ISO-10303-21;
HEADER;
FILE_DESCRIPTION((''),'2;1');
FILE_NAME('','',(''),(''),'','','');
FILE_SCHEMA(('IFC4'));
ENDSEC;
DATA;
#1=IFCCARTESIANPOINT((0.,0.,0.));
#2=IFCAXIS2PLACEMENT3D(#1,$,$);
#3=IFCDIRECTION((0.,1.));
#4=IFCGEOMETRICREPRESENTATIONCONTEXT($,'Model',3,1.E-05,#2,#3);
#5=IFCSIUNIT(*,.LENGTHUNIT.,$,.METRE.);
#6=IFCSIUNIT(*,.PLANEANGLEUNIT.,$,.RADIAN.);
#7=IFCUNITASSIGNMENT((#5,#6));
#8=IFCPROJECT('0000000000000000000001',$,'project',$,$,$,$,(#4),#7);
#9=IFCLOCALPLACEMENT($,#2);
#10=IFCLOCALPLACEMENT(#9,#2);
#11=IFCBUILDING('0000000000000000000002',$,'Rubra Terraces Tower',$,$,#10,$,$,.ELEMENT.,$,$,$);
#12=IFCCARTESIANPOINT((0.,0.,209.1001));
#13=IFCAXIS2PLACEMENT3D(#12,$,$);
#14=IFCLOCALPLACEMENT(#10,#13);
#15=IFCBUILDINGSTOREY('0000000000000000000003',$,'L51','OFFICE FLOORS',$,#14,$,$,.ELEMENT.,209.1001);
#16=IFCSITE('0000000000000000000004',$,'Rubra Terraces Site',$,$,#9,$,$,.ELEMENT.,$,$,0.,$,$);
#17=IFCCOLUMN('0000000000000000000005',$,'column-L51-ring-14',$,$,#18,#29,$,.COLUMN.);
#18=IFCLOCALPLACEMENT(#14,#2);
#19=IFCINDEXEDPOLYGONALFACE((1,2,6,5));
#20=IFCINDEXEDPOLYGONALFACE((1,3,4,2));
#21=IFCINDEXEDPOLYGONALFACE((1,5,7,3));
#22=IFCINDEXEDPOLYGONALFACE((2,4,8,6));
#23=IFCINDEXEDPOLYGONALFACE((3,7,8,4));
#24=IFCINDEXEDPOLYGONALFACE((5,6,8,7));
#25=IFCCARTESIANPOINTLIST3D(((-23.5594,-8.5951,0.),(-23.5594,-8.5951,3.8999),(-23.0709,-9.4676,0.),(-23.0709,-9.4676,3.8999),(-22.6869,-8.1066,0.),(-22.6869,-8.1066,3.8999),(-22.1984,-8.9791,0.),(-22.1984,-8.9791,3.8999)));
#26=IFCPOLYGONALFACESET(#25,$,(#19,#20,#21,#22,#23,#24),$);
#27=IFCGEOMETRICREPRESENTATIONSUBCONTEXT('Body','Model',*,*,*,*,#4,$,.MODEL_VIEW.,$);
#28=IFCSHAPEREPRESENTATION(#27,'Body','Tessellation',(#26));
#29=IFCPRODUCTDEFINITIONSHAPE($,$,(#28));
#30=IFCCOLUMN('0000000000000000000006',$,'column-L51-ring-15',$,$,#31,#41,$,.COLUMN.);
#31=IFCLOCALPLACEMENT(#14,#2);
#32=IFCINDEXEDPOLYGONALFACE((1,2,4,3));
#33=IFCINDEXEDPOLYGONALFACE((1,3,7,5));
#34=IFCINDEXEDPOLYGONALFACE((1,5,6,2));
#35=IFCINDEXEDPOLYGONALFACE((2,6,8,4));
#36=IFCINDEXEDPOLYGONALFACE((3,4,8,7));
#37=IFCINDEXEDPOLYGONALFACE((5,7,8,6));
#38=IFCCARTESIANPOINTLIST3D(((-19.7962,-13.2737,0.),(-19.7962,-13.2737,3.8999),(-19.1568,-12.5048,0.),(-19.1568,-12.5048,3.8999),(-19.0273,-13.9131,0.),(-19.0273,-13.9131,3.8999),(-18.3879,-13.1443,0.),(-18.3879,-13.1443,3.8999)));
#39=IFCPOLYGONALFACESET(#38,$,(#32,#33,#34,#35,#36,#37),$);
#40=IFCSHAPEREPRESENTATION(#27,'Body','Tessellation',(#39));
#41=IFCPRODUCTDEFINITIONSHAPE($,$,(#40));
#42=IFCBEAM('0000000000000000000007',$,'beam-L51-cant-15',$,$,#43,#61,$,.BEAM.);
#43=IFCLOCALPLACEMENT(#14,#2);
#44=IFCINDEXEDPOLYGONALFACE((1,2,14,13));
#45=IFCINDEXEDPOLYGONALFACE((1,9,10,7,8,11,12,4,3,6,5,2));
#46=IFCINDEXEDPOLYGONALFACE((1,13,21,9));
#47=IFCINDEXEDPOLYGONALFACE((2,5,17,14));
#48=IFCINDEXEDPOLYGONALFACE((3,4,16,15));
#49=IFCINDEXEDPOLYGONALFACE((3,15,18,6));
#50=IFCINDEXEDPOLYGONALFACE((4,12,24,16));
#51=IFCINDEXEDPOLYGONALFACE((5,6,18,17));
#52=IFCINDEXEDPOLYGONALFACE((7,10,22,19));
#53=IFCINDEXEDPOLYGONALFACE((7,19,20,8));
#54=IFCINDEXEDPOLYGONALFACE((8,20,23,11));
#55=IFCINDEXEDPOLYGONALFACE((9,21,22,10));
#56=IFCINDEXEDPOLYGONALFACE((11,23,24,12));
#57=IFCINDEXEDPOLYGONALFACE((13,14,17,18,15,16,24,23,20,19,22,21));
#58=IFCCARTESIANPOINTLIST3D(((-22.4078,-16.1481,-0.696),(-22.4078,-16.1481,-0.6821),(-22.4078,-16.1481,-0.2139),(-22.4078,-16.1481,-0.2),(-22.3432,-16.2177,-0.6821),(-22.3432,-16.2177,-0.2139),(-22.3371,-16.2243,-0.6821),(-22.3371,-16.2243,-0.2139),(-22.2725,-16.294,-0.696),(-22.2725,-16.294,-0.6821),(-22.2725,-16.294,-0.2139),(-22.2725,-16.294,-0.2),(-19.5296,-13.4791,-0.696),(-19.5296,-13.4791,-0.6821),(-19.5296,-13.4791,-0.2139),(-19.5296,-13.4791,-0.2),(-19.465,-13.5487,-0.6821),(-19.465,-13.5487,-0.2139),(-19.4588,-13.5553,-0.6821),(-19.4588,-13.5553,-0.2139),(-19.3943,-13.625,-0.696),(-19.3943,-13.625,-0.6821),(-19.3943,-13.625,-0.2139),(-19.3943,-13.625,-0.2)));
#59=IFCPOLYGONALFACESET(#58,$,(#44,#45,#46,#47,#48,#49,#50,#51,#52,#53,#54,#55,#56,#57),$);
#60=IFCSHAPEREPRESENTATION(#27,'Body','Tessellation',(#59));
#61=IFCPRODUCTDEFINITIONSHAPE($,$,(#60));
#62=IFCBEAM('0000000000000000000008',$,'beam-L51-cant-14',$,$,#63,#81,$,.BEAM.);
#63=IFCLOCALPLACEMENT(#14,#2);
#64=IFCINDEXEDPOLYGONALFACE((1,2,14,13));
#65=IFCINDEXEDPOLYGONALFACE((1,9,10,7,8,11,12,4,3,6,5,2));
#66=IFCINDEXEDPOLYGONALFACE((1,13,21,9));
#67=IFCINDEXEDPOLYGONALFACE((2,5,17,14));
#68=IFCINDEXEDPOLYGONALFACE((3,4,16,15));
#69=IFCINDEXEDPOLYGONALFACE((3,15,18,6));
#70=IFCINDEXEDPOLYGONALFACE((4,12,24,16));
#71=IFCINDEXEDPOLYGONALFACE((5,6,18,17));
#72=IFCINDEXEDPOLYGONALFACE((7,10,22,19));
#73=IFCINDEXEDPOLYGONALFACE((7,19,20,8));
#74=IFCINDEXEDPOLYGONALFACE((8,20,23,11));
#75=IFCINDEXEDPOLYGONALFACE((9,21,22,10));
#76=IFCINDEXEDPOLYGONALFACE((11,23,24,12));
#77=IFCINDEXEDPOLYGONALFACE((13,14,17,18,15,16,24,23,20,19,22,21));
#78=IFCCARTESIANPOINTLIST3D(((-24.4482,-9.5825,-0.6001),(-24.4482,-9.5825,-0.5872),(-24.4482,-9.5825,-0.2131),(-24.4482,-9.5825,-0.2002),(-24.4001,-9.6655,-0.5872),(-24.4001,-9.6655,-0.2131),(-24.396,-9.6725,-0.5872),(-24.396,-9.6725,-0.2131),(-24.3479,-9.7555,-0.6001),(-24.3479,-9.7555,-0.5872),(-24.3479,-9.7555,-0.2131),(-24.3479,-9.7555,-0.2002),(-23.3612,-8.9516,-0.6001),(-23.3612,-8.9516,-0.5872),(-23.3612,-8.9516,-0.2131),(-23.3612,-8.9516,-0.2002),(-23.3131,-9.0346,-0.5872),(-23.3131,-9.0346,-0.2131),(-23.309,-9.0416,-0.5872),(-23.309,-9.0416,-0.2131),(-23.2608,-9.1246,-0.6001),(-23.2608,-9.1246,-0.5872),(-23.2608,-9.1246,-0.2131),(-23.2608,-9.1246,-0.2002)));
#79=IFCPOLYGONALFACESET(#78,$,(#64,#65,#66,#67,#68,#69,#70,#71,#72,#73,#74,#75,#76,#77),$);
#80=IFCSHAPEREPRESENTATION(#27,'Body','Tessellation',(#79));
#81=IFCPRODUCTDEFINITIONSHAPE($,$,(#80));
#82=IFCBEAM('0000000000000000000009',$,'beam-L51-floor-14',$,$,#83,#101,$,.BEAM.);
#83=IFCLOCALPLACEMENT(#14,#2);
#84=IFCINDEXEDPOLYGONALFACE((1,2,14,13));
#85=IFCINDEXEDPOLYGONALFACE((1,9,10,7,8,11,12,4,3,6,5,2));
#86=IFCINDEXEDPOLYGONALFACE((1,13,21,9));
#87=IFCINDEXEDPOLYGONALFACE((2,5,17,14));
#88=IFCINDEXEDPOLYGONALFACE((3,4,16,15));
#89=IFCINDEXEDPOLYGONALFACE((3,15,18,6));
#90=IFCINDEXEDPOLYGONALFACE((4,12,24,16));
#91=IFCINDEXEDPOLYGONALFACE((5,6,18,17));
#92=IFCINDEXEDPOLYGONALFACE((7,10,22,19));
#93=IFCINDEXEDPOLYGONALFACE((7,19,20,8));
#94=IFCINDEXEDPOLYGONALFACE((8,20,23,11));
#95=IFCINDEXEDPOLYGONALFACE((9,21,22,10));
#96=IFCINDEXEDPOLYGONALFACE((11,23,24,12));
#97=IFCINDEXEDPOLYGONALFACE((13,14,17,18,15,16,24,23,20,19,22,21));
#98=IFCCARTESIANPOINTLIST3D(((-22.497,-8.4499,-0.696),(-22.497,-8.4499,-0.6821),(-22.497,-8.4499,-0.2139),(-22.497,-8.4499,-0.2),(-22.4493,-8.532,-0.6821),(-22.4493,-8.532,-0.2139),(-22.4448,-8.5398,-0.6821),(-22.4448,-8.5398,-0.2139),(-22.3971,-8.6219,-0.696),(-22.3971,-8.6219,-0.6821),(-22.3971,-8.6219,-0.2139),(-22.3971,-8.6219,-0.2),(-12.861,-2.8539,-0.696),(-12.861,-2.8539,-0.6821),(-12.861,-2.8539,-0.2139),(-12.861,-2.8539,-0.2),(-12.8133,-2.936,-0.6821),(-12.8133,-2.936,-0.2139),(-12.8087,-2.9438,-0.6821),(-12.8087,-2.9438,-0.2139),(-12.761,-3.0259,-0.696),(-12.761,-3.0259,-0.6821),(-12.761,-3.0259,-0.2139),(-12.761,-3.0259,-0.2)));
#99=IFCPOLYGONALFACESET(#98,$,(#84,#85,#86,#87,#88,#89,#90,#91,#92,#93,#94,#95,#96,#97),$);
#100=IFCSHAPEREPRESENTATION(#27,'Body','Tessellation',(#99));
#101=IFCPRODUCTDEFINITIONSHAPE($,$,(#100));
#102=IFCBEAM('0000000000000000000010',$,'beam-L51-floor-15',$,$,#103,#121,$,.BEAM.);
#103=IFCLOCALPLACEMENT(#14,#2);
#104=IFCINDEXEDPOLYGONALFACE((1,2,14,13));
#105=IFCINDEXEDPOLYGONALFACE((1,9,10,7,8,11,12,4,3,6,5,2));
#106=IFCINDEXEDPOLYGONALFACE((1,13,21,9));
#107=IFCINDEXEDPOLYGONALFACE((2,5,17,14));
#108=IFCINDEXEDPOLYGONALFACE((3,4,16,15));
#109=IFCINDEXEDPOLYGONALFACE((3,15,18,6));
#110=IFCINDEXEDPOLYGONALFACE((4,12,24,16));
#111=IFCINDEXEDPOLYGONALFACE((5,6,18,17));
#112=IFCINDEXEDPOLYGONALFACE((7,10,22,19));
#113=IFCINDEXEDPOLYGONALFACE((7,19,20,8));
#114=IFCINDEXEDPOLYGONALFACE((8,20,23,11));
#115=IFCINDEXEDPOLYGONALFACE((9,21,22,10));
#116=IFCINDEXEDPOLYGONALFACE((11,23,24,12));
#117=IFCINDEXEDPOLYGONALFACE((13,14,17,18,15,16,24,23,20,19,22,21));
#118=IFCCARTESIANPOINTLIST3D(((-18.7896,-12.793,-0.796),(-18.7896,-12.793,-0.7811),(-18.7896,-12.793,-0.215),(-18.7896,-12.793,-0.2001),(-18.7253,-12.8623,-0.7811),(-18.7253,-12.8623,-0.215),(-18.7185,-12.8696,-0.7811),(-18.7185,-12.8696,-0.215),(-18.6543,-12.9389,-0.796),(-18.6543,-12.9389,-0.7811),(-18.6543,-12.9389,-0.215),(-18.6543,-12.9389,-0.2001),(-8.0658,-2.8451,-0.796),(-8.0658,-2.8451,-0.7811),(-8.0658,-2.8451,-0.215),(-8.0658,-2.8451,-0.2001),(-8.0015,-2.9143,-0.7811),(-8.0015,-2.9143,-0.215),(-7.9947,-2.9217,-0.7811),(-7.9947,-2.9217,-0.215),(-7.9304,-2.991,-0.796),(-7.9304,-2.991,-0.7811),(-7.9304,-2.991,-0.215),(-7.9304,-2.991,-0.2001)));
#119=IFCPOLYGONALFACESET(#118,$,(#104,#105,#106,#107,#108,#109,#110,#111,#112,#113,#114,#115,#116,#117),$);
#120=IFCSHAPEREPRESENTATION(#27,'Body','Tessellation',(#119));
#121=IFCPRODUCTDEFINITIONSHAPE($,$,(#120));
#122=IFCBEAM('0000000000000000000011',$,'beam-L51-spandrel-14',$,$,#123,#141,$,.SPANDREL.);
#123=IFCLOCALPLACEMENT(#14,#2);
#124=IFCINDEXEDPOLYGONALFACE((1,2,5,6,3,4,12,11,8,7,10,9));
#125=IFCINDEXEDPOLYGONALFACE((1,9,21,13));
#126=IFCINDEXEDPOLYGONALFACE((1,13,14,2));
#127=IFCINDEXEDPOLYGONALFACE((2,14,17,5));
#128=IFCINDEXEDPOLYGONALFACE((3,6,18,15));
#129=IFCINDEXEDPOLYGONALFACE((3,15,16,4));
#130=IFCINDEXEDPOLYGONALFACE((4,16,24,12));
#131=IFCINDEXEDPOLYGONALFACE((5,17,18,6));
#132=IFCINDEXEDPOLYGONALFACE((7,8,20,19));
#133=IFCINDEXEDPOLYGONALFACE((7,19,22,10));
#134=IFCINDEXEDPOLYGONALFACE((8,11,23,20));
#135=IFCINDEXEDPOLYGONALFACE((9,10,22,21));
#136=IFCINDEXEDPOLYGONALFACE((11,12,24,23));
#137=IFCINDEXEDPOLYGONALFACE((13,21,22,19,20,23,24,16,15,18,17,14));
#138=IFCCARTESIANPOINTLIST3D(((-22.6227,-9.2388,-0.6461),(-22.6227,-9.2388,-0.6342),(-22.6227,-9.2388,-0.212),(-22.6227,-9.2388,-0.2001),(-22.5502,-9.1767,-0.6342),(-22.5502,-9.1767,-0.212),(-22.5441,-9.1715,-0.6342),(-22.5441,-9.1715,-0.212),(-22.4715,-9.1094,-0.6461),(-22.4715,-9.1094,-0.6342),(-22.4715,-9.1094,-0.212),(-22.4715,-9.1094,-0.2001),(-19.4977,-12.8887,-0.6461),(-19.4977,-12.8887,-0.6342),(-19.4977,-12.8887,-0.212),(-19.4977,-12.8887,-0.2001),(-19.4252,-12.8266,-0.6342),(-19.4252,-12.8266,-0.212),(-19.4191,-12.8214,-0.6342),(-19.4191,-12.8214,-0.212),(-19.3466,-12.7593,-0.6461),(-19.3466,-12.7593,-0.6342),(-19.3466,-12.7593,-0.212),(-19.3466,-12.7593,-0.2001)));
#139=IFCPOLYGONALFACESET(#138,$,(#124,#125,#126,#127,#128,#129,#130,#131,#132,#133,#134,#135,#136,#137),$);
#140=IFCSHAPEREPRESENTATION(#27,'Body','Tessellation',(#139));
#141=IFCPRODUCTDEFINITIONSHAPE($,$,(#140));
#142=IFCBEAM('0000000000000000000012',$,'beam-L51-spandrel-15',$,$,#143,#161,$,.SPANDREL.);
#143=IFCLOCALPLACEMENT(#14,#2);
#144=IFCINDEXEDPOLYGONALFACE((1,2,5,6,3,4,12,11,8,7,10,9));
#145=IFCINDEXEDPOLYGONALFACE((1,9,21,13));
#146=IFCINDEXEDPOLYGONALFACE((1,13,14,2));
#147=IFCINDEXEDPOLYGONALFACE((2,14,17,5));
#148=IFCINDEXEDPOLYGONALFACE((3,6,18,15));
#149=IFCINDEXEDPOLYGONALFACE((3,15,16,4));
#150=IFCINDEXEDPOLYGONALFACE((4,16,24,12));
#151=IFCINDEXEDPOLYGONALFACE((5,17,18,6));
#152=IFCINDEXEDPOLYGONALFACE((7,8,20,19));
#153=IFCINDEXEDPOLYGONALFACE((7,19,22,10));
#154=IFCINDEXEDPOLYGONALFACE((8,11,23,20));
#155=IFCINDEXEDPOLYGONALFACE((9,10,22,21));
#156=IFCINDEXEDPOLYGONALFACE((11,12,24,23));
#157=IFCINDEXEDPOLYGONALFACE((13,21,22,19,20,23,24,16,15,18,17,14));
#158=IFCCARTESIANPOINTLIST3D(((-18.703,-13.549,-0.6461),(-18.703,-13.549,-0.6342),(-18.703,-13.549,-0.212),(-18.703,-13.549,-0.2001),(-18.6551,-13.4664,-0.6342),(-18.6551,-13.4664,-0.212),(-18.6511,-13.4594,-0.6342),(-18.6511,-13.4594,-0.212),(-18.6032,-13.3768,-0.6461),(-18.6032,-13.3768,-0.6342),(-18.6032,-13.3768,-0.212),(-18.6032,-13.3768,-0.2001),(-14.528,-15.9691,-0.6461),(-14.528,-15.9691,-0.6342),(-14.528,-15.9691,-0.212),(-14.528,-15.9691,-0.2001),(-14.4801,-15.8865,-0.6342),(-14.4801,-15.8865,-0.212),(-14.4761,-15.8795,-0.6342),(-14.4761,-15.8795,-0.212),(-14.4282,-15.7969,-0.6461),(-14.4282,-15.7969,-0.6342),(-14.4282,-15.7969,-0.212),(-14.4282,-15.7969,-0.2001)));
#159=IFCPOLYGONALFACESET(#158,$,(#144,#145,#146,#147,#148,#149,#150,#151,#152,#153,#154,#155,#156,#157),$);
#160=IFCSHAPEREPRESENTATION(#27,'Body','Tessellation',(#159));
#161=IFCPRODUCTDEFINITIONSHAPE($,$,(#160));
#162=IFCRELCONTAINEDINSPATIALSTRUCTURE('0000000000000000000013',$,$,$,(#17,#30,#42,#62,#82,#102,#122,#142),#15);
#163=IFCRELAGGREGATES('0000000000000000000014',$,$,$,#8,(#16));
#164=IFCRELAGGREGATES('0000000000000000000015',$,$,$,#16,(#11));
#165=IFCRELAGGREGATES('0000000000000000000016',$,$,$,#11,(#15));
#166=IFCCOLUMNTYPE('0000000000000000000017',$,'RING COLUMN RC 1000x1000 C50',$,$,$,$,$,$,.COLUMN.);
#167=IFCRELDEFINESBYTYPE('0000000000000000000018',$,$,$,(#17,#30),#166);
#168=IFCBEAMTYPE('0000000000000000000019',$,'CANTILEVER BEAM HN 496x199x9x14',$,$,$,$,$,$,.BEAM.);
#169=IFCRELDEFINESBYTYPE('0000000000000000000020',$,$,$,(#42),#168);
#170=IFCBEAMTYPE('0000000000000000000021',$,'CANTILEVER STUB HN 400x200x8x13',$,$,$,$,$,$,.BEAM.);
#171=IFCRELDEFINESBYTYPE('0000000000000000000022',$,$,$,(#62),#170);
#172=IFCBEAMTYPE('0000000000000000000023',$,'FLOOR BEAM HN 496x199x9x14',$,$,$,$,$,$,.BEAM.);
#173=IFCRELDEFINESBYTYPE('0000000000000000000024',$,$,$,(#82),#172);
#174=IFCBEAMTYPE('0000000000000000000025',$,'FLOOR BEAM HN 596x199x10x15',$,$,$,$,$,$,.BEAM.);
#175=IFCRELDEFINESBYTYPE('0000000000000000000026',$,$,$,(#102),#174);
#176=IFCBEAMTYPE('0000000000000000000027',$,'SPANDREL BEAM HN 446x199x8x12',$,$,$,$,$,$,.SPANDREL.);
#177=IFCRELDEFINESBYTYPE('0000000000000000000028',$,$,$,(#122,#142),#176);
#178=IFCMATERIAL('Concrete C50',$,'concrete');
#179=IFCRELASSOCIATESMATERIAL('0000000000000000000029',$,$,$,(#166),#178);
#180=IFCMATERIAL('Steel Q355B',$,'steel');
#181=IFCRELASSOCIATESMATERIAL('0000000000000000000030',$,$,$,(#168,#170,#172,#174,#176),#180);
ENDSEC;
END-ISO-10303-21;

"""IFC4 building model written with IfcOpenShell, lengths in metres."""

from ifc_helpers import new_model, si_unit, direction, frame, origin, origin_2d, place, context, subcontext, project, spatial, rectangle, i_section, extrude, material, material_profile, profile_set, type_object, element, save


model = new_model("IFC4")

# Units and contexts
model_context = context("Model", 3, precision=1e-05, world=origin(), true_north=direction((0.0, 1.0)))
body_context = subcontext(model_context, "Body", "Model", "MODEL_VIEW")
ifc_project = project(units=[si_unit("LENGTHUNIT", "METRE"), si_unit("PLANEANGLEUNIT", "RADIAN")], contexts=[model_context])

# Site, building, storey
site_placement = place(None, origin())
site = spatial("IfcSite", under=ifc_project, at=site_placement, Name="Rubra Terraces Site", CompositionType="ELEMENT", RefElevation=0.0)
building_placement = place(site_placement, origin())
building = spatial("IfcBuilding", under=site, at=building_placement, Name="Rubra Terraces Tower", CompositionType="ELEMENT")
storey_placement = place(building_placement, frame((0.0, 0.0, 209.1001)))
storey = spatial("IfcBuildingStorey", under=building, at=storey_placement, Name="L51", Description="OFFICE FLOORS", CompositionType="ELEMENT", Elevation=209.1001)

# Columns
ifc_material_1 = material(Name="Concrete C50", Category="concrete")
ifc_material_profile_1 = material_profile(ifc_material_1, rectangle(XDim=1.0, YDim=1.0, at=origin_2d()), Name="RC 1000x1000")
ifc_profile_set_1 = profile_set([ifc_material_profile_1], Name="Concrete C50")
column_type = type_object("IfcColumnType", Name="RING COLUMN RC 1000x1000 C50", PredefinedType="COLUMN", material=ifc_profile_set_1)
for number, where, z_axis, x_axis, name in (
    (1, (-22.8789, -8.7871, 0.0), (0.0, 0.0, 1.0), (0.488526, -0.872549, 0.0), "column-L51-ring-14"),
    (2, (-19.092, -13.209, 0.0), (0.0, 0.0, 1.0), (0.76887, -0.639405, 0.0), "column-L51-ring-15"),
):
    element("IfcColumn", number, at=place(storey_placement, frame(where, z_axis=z_axis, x_axis=x_axis)), inside=storey, type_object=column_type, Name=name, PredefinedType="COLUMN", context=body_context, shape_type="SweptSolid", body=[
        extrude(rectangle(XDim=1.0, YDim=1.0, at=origin_2d()), origin(), (0.0, 0.0, 1.0), 3.8999),
    ])

# Beams
ifc_material_2 = material(Name="Steel Q355B", Category="steel")
ifc_material_profile_2 = material_profile(ifc_material_2, i_section(OverallWidth=0.199, OverallDepth=0.4961, WebThickness=0.009, FlangeThickness=0.0139, at=origin_2d()), Name="HN 496x199x9x14")
ifc_profile_set_2 = profile_set([ifc_material_profile_2], Name="Steel Q355B")
beam_type_1 = type_object("IfcBeamType", Name="CANTILEVER BEAM HN 496x199x9x14", PredefinedType="BEAM", material=ifc_profile_set_2)
beam_1_placement = place(storey_placement, frame((-19.4619, -13.552, -0.448), z_axis=(-0.733256, -0.679952, 0.0), x_axis=(0.679952, -0.733256, 0.0)))
element("IfcBeam", 3, at=beam_1_placement, inside=storey, type_object=beam_type_1, Name="beam-L51-cant-15", PredefinedType="BEAM", context=body_context, shape_type="SweptSolid", body=[
    extrude(i_section(OverallWidth=0.199, OverallDepth=0.4961, WebThickness=0.009, FlangeThickness=0.0139, at=origin_2d()), origin(), (0.0, 0.0, 1.0), 3.9253),
])
ifc_material_profile_3 = material_profile(ifc_material_2, i_section(OverallWidth=0.2, OverallDepth=0.3999, WebThickness=0.0081, FlangeThickness=0.0129, at=origin_2d()), Name="HN 400x200x8x13")
ifc_profile_set_3 = profile_set([ifc_material_profile_3], Name="Steel Q355B")
beam_type_2 = type_object("IfcBeamType", Name="CANTILEVER STUB HN 400x200x8x13", PredefinedType="BEAM", material=ifc_profile_set_3)
beam_2_placement = place(storey_placement, frame((-23.311, -9.0381, -0.4001), z_axis=(-0.864876, -0.501986, 0.0), x_axis=(0.501986, -0.864876, 0.0)))
element("IfcBeam", 4, at=beam_2_placement, inside=storey, type_object=beam_type_2, Name="beam-L51-cant-14", PredefinedType="BEAM", context=body_context, shape_type="SweptSolid", body=[
    extrude(i_section(OverallWidth=0.2, OverallDepth=0.3999, WebThickness=0.0081, FlangeThickness=0.0129, at=origin_2d()), origin(), (0.0, 0.0, 1.0), 1.2568),
])
ifc_material_profile_4 = material_profile(ifc_material_2, i_section(OverallWidth=0.199, OverallDepth=0.4961, WebThickness=0.009, FlangeThickness=0.0139, at=origin_2d()), Name="HN 496x199x9x14")
ifc_profile_set_4 = profile_set([ifc_material_profile_4], Name="Steel Q355B")
beam_type_3 = type_object("IfcBeamType", Name="FLOOR BEAM HN 496x199x9x14", PredefinedType="BEAM", material=ifc_profile_set_4)
beam_3_placement = place(storey_placement, frame((-22.447, -8.5359, -0.448), z_axis=(0.864755, 0.502193, 0.0), x_axis=(-0.502193, 0.864755, 0.0)))
element("IfcBeam", 5, at=beam_3_placement, inside=storey, type_object=beam_type_3, Name="beam-L51-floor-14", PredefinedType="BEAM", context=body_context, shape_type="SweptSolid", body=[
    extrude(i_section(OverallWidth=0.199, OverallDepth=0.4961, WebThickness=0.009, FlangeThickness=0.0139, at=origin_2d()), origin(), (0.0, 0.0, 1.0), 11.1431),
])
ifc_material_profile_5 = material_profile(ifc_material_2, i_section(OverallWidth=0.199, OverallDepth=0.5959, WebThickness=0.01, FlangeThickness=0.0149, at=origin_2d()), Name="HN 596x199x10x15")
ifc_profile_set_5 = profile_set([ifc_material_profile_5], Name="Steel Q355B")
beam_type_4 = type_object("IfcBeamType", Name="FLOOR BEAM HN 596x199x10x15", PredefinedType="BEAM", material=ifc_profile_set_5)
beam_4_placement = place(storey_placement, frame((-18.7219, -12.866, -0.498), z_axis=(0.73313, 0.680088, 0.0), x_axis=(-0.680088, 0.73313, 0.0)))
element("IfcBeam", 6, at=beam_4_placement, inside=storey, type_object=beam_type_4, Name="beam-L51-floor-15", PredefinedType="BEAM", context=body_context, shape_type="SweptSolid", body=[
    extrude(i_section(OverallWidth=0.199, OverallDepth=0.5959, WebThickness=0.01, FlangeThickness=0.0149, at=origin_2d()), origin(), (0.0, 0.0, 1.0), 14.6274),
])
ifc_material_profile_6 = material_profile(ifc_material_2, i_section(OverallWidth=0.199, OverallDepth=0.446, WebThickness=0.0081, FlangeThickness=0.012, at=origin_2d()), Name="HN 446x199x8x12")
ifc_profile_set_6 = profile_set([ifc_material_profile_6], Name="Steel Q355B")
beam_type_5 = type_object("IfcBeamType", Name="SPANDREL BEAM HN 446x199x8x12", PredefinedType="SPANDREL", material=ifc_profile_set_6)
beam_5_placement = place(storey_placement, frame((-22.5471, -9.1741, -0.4231), z_axis=(0.650373, -0.759615, 0.0), x_axis=(0.759615, 0.650373, 0.0)))
element("IfcBeam", 7, at=beam_5_placement, inside=storey, type_object=beam_type_5, Name="beam-L51-spandrel-14", PredefinedType="SPANDREL", context=body_context, shape_type="SweptSolid", body=[
    extrude(i_section(OverallWidth=0.199, OverallDepth=0.446, WebThickness=0.0081, FlangeThickness=0.012, at=origin_2d()), origin(), (0.0, 0.0, 1.0), 4.8049),
])
beam_6_placement = place(storey_placement, frame((-18.6531, -13.4629, -0.4231), z_axis=(0.865154, -0.501507, 0.0), x_axis=(0.501507, 0.865154, 0.0)))
element("IfcBeam", 8, at=beam_6_placement, inside=storey, type_object=beam_type_5, Name="beam-L51-spandrel-15", PredefinedType="SPANDREL", context=body_context, shape_type="SweptSolid", body=[
    extrude(i_section(OverallWidth=0.199, OverallDepth=0.446, WebThickness=0.0081, FlangeThickness=0.012, at=origin_2d()), origin(), (0.0, 0.0, 1.0), 4.8257),
])

save(model, "model.ifc")
